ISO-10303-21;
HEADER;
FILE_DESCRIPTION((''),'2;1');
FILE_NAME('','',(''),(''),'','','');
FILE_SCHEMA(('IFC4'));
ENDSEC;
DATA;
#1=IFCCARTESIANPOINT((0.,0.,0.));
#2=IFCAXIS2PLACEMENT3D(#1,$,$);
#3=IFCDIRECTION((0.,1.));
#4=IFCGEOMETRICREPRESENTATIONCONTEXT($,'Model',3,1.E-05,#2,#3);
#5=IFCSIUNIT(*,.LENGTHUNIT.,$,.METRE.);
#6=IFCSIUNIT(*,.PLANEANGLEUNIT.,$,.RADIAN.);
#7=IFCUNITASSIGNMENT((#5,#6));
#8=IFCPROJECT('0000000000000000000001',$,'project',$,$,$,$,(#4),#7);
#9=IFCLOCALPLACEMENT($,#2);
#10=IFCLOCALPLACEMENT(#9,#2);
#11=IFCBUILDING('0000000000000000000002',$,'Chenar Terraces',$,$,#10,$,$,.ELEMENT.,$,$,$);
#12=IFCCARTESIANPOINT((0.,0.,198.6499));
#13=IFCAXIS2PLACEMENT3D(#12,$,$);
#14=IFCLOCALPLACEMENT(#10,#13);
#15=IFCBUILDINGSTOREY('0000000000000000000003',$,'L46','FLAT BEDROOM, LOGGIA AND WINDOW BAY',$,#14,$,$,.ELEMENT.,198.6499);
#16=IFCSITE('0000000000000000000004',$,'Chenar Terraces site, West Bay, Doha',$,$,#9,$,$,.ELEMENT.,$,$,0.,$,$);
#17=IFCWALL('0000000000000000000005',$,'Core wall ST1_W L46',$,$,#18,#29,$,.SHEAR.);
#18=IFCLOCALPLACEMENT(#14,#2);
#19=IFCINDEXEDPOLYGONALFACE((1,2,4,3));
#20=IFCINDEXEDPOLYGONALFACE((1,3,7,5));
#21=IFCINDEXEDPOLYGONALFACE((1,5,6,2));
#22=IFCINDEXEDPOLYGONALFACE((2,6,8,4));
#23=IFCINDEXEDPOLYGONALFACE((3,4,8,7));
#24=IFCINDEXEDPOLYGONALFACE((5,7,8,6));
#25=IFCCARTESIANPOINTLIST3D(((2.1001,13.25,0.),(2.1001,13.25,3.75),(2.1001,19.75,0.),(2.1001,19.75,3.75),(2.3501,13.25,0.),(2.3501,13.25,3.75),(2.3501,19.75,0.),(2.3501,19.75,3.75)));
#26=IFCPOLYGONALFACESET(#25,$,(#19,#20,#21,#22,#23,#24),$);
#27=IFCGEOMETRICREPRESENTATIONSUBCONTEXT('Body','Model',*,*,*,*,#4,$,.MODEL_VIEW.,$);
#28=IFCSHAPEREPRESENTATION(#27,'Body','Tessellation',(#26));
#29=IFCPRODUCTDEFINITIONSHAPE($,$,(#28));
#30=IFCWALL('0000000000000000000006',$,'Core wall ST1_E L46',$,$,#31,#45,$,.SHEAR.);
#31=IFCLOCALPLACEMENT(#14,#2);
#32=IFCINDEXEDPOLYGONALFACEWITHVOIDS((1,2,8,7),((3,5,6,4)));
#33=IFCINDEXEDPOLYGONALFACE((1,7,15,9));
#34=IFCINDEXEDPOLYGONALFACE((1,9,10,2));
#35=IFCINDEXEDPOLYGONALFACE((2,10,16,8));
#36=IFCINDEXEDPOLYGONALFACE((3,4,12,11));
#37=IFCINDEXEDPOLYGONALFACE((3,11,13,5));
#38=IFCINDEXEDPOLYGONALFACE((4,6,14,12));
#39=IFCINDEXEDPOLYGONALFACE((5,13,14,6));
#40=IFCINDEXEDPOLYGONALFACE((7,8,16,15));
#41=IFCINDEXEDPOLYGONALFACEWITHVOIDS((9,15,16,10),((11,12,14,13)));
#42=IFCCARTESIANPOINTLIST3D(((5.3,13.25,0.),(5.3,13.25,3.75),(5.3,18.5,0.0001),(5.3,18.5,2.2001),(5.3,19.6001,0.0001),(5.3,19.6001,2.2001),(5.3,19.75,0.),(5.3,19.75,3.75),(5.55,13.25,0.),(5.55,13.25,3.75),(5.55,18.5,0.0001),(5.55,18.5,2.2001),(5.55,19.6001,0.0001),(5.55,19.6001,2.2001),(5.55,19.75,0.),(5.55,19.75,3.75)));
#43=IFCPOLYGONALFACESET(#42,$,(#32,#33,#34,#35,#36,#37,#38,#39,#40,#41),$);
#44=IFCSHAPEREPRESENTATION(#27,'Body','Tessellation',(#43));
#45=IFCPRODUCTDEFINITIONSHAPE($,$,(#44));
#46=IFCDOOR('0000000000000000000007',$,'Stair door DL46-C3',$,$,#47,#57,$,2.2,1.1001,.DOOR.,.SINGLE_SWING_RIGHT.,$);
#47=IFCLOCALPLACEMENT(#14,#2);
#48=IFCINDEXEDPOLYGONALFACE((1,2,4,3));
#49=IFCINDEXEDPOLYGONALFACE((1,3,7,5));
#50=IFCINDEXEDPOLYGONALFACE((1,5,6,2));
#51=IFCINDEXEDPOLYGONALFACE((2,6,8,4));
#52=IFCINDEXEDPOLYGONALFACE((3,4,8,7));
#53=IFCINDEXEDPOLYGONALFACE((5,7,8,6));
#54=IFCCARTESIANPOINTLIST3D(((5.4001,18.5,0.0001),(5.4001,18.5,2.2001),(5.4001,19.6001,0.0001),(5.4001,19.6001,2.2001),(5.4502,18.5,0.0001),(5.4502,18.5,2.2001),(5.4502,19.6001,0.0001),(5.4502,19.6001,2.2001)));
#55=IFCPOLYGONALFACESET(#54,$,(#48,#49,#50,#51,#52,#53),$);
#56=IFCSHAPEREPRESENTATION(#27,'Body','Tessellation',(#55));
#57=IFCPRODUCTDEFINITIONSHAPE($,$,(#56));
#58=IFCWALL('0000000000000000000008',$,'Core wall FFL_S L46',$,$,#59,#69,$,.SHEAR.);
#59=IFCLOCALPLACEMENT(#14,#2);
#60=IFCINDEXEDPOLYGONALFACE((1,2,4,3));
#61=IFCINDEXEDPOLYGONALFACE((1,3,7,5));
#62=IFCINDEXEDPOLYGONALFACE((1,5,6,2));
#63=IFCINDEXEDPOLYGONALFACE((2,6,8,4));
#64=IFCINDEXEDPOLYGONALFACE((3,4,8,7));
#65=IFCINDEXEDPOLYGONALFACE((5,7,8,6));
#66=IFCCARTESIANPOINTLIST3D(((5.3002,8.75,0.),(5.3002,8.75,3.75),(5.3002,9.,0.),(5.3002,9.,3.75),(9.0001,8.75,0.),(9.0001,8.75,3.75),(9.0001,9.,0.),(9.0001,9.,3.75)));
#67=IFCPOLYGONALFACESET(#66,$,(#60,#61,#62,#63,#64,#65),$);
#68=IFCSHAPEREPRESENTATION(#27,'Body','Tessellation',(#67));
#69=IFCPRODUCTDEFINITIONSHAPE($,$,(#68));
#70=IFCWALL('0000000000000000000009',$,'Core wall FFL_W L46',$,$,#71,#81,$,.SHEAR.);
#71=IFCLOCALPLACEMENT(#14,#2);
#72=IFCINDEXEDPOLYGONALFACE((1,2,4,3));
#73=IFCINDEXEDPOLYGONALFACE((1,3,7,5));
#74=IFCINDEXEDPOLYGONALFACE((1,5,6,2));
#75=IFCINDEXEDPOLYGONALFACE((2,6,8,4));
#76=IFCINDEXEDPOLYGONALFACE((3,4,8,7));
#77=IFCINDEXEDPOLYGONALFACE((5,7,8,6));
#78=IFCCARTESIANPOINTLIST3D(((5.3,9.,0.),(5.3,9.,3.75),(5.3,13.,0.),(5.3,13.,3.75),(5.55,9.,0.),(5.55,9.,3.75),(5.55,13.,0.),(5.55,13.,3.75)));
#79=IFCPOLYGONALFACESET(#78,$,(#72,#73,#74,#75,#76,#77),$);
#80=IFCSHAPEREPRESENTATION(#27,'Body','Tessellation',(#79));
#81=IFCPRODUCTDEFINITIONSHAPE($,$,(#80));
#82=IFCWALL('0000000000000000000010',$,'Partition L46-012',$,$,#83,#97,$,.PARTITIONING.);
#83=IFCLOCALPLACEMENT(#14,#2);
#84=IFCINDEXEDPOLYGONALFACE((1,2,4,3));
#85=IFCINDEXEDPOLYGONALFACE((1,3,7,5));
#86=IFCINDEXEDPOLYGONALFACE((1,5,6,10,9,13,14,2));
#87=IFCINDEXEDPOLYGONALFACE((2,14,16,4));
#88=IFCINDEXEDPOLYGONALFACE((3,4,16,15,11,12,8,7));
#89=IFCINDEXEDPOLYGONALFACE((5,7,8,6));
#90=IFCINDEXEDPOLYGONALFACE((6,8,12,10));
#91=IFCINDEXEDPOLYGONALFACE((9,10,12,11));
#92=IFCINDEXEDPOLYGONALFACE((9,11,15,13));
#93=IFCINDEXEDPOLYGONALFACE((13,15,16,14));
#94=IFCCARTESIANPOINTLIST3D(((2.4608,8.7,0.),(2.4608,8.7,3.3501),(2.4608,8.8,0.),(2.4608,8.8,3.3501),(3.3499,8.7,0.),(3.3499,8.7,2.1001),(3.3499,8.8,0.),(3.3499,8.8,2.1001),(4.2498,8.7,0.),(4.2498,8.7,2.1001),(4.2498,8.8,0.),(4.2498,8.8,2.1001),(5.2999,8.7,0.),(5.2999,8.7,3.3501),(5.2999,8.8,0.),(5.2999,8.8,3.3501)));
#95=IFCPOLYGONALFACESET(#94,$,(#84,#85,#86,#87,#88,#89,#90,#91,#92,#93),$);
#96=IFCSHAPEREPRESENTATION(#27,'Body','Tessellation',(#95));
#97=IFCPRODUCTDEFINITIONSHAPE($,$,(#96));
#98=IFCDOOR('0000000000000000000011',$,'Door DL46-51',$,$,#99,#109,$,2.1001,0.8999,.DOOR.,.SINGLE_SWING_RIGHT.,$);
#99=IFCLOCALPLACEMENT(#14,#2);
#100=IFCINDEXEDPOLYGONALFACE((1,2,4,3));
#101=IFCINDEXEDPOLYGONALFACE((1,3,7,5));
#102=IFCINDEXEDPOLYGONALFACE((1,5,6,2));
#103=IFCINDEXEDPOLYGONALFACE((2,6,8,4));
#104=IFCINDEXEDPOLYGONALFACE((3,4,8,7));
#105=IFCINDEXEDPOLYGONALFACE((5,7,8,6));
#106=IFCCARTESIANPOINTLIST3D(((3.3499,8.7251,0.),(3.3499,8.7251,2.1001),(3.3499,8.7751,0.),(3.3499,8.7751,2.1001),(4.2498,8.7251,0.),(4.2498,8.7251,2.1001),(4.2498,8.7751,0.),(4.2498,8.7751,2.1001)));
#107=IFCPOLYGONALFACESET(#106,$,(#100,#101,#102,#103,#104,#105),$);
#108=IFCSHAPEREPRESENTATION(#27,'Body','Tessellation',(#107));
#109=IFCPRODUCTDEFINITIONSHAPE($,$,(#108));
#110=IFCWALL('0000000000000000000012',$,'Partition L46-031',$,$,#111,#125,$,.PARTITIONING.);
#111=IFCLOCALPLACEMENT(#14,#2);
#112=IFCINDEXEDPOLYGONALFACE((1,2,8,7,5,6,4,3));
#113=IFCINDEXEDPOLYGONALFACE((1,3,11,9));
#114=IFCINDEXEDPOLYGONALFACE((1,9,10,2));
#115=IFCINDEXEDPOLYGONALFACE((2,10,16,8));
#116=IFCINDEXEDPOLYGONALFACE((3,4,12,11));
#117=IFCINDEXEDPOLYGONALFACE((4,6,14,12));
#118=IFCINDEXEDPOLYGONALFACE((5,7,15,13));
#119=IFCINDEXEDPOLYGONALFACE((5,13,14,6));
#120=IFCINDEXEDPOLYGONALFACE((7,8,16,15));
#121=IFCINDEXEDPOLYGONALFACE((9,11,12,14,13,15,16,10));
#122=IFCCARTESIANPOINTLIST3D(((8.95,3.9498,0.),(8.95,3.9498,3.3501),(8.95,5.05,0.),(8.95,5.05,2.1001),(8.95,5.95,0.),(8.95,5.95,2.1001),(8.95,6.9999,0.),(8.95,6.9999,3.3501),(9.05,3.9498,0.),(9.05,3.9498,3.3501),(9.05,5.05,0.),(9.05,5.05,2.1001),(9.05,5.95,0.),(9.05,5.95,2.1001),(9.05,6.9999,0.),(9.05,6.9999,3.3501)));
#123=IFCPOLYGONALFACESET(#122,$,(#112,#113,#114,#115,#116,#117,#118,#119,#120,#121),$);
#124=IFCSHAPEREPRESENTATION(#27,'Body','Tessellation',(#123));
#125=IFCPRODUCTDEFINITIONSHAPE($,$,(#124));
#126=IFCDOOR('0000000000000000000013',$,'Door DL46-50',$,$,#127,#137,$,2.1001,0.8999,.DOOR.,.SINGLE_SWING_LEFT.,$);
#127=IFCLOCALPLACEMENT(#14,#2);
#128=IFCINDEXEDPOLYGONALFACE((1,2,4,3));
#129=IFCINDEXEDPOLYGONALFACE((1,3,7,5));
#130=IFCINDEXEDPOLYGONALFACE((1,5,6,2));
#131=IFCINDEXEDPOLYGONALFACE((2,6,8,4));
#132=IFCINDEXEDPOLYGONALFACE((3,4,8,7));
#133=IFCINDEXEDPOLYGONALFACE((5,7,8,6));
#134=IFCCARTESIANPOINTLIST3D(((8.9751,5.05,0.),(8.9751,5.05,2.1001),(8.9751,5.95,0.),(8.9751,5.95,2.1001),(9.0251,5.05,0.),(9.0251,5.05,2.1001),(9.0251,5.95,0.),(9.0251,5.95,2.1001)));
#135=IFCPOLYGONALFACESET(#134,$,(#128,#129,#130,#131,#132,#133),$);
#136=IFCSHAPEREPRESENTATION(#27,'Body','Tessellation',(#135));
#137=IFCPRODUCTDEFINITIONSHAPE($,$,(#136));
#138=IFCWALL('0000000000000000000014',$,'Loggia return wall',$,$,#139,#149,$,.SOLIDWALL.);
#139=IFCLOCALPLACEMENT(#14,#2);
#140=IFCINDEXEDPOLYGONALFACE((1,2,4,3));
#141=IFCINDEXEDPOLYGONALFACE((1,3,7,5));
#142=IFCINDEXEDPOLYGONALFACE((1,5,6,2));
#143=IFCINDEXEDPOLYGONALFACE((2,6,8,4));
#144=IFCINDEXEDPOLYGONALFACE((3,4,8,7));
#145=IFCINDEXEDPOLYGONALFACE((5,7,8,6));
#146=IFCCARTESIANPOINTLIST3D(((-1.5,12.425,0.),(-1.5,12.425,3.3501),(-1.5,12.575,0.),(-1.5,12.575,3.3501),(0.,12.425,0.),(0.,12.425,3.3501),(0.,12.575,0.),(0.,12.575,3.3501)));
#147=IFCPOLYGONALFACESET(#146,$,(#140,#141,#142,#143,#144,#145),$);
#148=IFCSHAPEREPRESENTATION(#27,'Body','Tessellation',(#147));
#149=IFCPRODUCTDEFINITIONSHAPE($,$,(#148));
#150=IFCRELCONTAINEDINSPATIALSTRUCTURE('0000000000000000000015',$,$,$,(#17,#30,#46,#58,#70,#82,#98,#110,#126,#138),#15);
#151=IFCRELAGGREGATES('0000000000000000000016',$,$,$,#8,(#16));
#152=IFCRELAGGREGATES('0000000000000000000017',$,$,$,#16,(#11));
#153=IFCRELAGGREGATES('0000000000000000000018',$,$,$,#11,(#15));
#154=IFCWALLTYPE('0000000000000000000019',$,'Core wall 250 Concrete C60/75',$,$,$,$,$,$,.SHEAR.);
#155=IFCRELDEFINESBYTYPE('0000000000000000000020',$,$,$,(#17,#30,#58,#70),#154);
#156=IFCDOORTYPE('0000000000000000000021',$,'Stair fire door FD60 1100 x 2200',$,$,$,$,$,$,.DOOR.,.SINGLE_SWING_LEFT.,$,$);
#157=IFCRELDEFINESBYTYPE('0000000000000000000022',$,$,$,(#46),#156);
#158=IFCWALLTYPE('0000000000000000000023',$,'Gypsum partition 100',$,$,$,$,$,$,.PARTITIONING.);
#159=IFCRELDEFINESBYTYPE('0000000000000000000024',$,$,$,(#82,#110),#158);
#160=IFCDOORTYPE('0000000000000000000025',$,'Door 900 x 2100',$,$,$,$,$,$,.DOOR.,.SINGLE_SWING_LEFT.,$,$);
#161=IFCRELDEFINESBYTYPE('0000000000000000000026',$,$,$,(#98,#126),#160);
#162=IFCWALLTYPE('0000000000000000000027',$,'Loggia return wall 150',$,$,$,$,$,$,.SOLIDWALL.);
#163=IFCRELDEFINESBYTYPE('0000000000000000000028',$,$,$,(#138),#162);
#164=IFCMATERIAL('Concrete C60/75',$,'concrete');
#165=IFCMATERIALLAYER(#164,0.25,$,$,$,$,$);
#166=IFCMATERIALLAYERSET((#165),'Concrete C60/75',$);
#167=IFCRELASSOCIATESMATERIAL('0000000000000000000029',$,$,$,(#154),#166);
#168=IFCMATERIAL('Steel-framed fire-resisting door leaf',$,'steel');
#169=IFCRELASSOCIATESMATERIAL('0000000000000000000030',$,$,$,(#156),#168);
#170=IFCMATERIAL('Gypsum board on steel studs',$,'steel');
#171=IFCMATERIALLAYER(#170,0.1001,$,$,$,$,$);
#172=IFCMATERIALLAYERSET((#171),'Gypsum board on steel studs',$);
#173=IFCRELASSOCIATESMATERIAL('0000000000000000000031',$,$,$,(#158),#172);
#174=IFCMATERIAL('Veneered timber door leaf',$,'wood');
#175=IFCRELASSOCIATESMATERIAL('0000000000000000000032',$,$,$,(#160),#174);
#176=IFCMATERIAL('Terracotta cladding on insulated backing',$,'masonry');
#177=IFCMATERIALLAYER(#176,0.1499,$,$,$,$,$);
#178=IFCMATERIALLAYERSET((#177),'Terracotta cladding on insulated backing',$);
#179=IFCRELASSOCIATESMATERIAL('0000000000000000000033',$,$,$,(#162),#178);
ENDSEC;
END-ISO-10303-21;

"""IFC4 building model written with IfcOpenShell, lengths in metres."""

from ifc_helpers import new_model, si_unit, direction, frame, frame_2d, origin, place, context, subcontext, project, spatial, rectangle, extrude, material, layer, layer_set, type_object, element, fill, save


model = new_model("IFC4")

# Units and contexts
model_context = context("Model", 3, precision=1e-05, world=origin(), true_north=direction((0.0, 1.0)))
body_context = subcontext(model_context, "Body", "Model", "MODEL_VIEW")
ifc_project = project(units=[si_unit("LENGTHUNIT", "METRE"), si_unit("PLANEANGLEUNIT", "RADIAN")], contexts=[model_context])

# Site, building, storey
site_placement = place(None, origin())
site = spatial("IfcSite", under=ifc_project, at=site_placement, Name="Chenar Terraces site, West Bay, Doha", CompositionType="ELEMENT", RefElevation=0.0)
building_placement = place(site_placement, origin())
building = spatial("IfcBuilding", under=site, at=building_placement, Name="Chenar Terraces", CompositionType="ELEMENT")
storey_placement = place(building_placement, frame((0.0, 0.0, 198.6499)))
storey = spatial("IfcBuildingStorey", under=building, at=storey_placement, Name="L46", Description="FLAT BEDROOM, LOGGIA AND WINDOW BAY", CompositionType="ELEMENT", Elevation=198.6499)

# Wall
ifc_material_1 = material(Name="Concrete C60/75", Category="concrete")
ifc_layer_1 = layer(ifc_material_1, 0.25)
ifc_layer_set_1 = layer_set([ifc_layer_1], Name="Concrete C60/75")
wall_type_1 = type_object("IfcWallType", Name="Core wall 250 Concrete C60/75", PredefinedType="SHEAR", material=ifc_layer_set_1)
wall_1_placement = place(storey_placement, frame((2.2251, 13.25, 0.0), z_axis=(0.0, 0.0, 1.0), x_axis=(0.0, 1.0, 0.0)))
element("IfcWall", 1, at=wall_1_placement, inside=storey, type_object=wall_type_1, Name="Core wall ST1_W L46", PredefinedType="SHEAR", context=body_context, shape_type="SweptSolid", body=[
    extrude(rectangle(XDim=6.5, YDim=0.25, at=frame_2d((3.25, 0.0))), origin(), (0.0, 0.0, 1.0), 3.75),
])

# Wall, opening, door
wall_2_placement = place(storey_placement, frame((5.425, 13.25, 0.0), z_axis=(0.0, 0.0, 1.0), x_axis=(0.0, 1.0, 0.0)))
wall_2 = element("IfcWall", 2, at=wall_2_placement, inside=storey, type_object=wall_type_1, Name="Core wall ST1_E L46", PredefinedType="SHEAR", context=body_context, shape_type="SweptSolid", body=[
    extrude(rectangle(XDim=6.5, YDim=0.25, at=frame_2d((3.25, 0.0))), origin(), (0.0, 0.0, 1.0), 3.75),
])
opening_1_placement = place(wall_2_placement, frame((5.25, 0.0, 0.0)))
opening_1 = element("IfcOpeningElement", 3, at=opening_1_placement, cuts=wall_2, PredefinedType="OPENING", context=body_context, shape_type="SweptSolid", body=[
    extrude(rectangle(XDim=1.1001, YDim=2.2, at=frame_2d((0.55, 1.1001))), frame((0.0, 0.135, 0.0), z_axis=(0.0, -1.0, 0.0), x_axis=(1.0, 0.0, 0.0)), (0.0, 0.0, 1.0), 0.27),
])
ifc_material_2 = material(Name="Steel-framed fire-resisting door leaf", Category="steel")
door_type_1 = type_object("IfcDoorType", Name="Stair fire door FD60 1100 x 2200", OperationType="SINGLE_SWING_LEFT", PredefinedType="DOOR", material=ifc_material_2)
door_1_placement = place(opening_1_placement, origin())
door_1 = element("IfcDoor", 4, at=door_1_placement, inside=storey, type_object=door_type_1, Name="Stair door DL46-C3", OperationType="SINGLE_SWING_RIGHT", OverallHeight=2.2, OverallWidth=1.1001, PredefinedType="DOOR", context=body_context, shape_type="SweptSolid", body=[
    extrude(rectangle(XDim=1.1001, YDim=2.2, at=frame_2d((0.55, 1.1001))), frame((0.0, 0.0249, 0.0), z_axis=(0.0, -1.0, 0.0), x_axis=(1.0, 0.0, 0.0)), (0.0, 0.0, 1.0), 0.05),
])
fill(opening_1, door_1)

# Walls
wall_3_placement = place(storey_placement, frame((5.3, 8.875, 0.0), z_axis=(0.0, 0.0, 1.0), x_axis=(1.0, 0.0, 0.0)))
element("IfcWall", 5, at=wall_3_placement, inside=storey, type_object=wall_type_1, Name="Core wall FFL_S L46", PredefinedType="SHEAR", context=body_context, shape_type="SweptSolid", body=[
    extrude(rectangle(XDim=3.7, YDim=0.25, at=frame_2d((1.8501, 0.0))), origin(), (0.0, 0.0, 1.0), 3.75),
])
wall_4_placement = place(storey_placement, frame((5.425, 9.0, 0.0), z_axis=(0.0, 0.0, 1.0), x_axis=(0.0, 1.0, 0.0)))
element("IfcWall", 6, at=wall_4_placement, inside=storey, type_object=wall_type_1, Name="Core wall FFL_W L46", PredefinedType="SHEAR", context=body_context, shape_type="SweptSolid", body=[
    extrude(rectangle(XDim=4.0, YDim=0.25, at=frame_2d((2.0, 0.0))), origin(), (0.0, 0.0, 1.0), 3.75),
])

# Walls, openings, doors
ifc_material_3 = material(Name="Gypsum board on steel studs", Category="steel")
ifc_layer_2 = layer(ifc_material_3, 0.1001)
ifc_layer_set_2 = layer_set([ifc_layer_2], Name="Gypsum board on steel studs")
wall_type_2 = type_object("IfcWallType", Name="Gypsum partition 100", PredefinedType="PARTITIONING", material=ifc_layer_set_2)
wall_5_placement = place(storey_placement, frame((2.4609, 8.75, 0.0), z_axis=(0.0, 0.0, 1.0), x_axis=(1.0, 0.0, 0.0)))
wall_5 = element("IfcWall", 7, at=wall_5_placement, inside=storey, type_object=wall_type_2, Name="Partition L46-012", PredefinedType="PARTITIONING", context=body_context, shape_type="SweptSolid", body=[
    extrude(rectangle(XDim=2.8391, YDim=0.1001, at=frame_2d((1.4194, 0.0))), origin(), (0.0, 0.0, 1.0), 3.3501),
])
opening_2_placement = place(wall_5_placement, frame((0.8889, 0.0, 0.0)))
opening_2 = element("IfcOpeningElement", 8, at=opening_2_placement, cuts=wall_5, PredefinedType="OPENING", context=body_context, shape_type="SweptSolid", body=[
    extrude(rectangle(XDim=0.8999, YDim=2.1001, at=frame_2d((0.45, 1.05))), frame((0.0, 0.0601, 0.0), z_axis=(0.0, -1.0, 0.0), x_axis=(1.0, 0.0, 0.0)), (0.0, 0.0, 1.0), 0.1201),
])
ifc_material_4 = material(Name="Veneered timber door leaf", Category="wood")
door_type_2 = type_object("IfcDoorType", Name="Door 900 x 2100", OperationType="SINGLE_SWING_LEFT", PredefinedType="DOOR", material=ifc_material_4)
door_2_placement = place(opening_2_placement, frame((0.8999, 0.0, 0.0), z_axis=(0.0, 0.0, 1.0), x_axis=(-1.0, 0.0, 0.0)))
door_2 = element("IfcDoor", 9, at=door_2_placement, inside=storey, type_object=door_type_2, Name="Door DL46-51", OperationType="SINGLE_SWING_RIGHT", OverallHeight=2.1001, OverallWidth=0.8999, PredefinedType="DOOR", context=body_context, shape_type="SweptSolid", body=[
    extrude(rectangle(XDim=0.8999, YDim=2.1001, at=frame_2d((0.45, 1.05))), frame((0.0, 0.0249, 0.0), z_axis=(0.0, -1.0, 0.0), x_axis=(1.0, 0.0, 0.0)), (0.0, 0.0, 1.0), 0.05),
])
fill(opening_2, door_2)
wall_6_placement = place(storey_placement, frame((9.0, 3.95, 0.0), z_axis=(0.0, 0.0, 1.0), x_axis=(0.0, 1.0, 0.0)))
wall_6 = element("IfcWall", 10, at=wall_6_placement, inside=storey, type_object=wall_type_2, Name="Partition L46-031", PredefinedType="PARTITIONING", context=body_context, shape_type="SweptSolid", body=[
    extrude(rectangle(XDim=3.05, YDim=0.1001, at=frame_2d((1.5249, 0.0))), origin(), (0.0, 0.0, 1.0), 3.3501),
])
opening_3_placement = place(wall_6_placement, frame((1.1001, 0.0, 0.0)))
opening_3 = element("IfcOpeningElement", 11, at=opening_3_placement, cuts=wall_6, PredefinedType="OPENING", context=body_context, shape_type="SweptSolid", body=[
    extrude(rectangle(XDim=0.8999, YDim=2.1001, at=frame_2d((0.45, 1.05))), frame((0.0, 0.0601, 0.0), z_axis=(0.0, -1.0, 0.0), x_axis=(1.0, 0.0, 0.0)), (0.0, 0.0, 1.0), 0.1201),
])
door_3_placement = place(opening_3_placement, origin())
door_3 = element("IfcDoor", 12, at=door_3_placement, inside=storey, type_object=door_type_2, Name="Door DL46-50", OperationType="SINGLE_SWING_LEFT", OverallHeight=2.1001, OverallWidth=0.8999, PredefinedType="DOOR", context=body_context, shape_type="SweptSolid", body=[
    extrude(rectangle(XDim=0.8999, YDim=2.1001, at=frame_2d((0.45, 1.05))), frame((0.0, 0.0249, 0.0), z_axis=(0.0, -1.0, 0.0), x_axis=(1.0, 0.0, 0.0)), (0.0, 0.0, 1.0), 0.05),
])
fill(opening_3, door_3)

# Wall
ifc_material_5 = material(Name="Terracotta cladding on insulated backing", Category="masonry")
ifc_layer_3 = layer(ifc_material_5, 0.1499)
ifc_layer_set_3 = layer_set([ifc_layer_3], Name="Terracotta cladding on insulated backing")
wall_type_3 = type_object("IfcWallType", Name="Loggia return wall 150", PredefinedType="SOLIDWALL", material=ifc_layer_set_3)
wall_7_placement = place(storey_placement, frame((-1.5, 12.5, 0.0), z_axis=(0.0, 0.0, 1.0), x_axis=(1.0, 0.0, 0.0)))
element("IfcWall", 13, at=wall_7_placement, inside=storey, type_object=wall_type_3, Name="Loggia return wall", PredefinedType="SOLIDWALL", context=body_context, shape_type="SweptSolid", body=[
    extrude(rectangle(XDim=1.5, YDim=0.1499, at=frame_2d((0.75, 0.0))), origin(), (0.0, 0.0, 1.0), 3.3501),
])

save(model, "model.ifc")
